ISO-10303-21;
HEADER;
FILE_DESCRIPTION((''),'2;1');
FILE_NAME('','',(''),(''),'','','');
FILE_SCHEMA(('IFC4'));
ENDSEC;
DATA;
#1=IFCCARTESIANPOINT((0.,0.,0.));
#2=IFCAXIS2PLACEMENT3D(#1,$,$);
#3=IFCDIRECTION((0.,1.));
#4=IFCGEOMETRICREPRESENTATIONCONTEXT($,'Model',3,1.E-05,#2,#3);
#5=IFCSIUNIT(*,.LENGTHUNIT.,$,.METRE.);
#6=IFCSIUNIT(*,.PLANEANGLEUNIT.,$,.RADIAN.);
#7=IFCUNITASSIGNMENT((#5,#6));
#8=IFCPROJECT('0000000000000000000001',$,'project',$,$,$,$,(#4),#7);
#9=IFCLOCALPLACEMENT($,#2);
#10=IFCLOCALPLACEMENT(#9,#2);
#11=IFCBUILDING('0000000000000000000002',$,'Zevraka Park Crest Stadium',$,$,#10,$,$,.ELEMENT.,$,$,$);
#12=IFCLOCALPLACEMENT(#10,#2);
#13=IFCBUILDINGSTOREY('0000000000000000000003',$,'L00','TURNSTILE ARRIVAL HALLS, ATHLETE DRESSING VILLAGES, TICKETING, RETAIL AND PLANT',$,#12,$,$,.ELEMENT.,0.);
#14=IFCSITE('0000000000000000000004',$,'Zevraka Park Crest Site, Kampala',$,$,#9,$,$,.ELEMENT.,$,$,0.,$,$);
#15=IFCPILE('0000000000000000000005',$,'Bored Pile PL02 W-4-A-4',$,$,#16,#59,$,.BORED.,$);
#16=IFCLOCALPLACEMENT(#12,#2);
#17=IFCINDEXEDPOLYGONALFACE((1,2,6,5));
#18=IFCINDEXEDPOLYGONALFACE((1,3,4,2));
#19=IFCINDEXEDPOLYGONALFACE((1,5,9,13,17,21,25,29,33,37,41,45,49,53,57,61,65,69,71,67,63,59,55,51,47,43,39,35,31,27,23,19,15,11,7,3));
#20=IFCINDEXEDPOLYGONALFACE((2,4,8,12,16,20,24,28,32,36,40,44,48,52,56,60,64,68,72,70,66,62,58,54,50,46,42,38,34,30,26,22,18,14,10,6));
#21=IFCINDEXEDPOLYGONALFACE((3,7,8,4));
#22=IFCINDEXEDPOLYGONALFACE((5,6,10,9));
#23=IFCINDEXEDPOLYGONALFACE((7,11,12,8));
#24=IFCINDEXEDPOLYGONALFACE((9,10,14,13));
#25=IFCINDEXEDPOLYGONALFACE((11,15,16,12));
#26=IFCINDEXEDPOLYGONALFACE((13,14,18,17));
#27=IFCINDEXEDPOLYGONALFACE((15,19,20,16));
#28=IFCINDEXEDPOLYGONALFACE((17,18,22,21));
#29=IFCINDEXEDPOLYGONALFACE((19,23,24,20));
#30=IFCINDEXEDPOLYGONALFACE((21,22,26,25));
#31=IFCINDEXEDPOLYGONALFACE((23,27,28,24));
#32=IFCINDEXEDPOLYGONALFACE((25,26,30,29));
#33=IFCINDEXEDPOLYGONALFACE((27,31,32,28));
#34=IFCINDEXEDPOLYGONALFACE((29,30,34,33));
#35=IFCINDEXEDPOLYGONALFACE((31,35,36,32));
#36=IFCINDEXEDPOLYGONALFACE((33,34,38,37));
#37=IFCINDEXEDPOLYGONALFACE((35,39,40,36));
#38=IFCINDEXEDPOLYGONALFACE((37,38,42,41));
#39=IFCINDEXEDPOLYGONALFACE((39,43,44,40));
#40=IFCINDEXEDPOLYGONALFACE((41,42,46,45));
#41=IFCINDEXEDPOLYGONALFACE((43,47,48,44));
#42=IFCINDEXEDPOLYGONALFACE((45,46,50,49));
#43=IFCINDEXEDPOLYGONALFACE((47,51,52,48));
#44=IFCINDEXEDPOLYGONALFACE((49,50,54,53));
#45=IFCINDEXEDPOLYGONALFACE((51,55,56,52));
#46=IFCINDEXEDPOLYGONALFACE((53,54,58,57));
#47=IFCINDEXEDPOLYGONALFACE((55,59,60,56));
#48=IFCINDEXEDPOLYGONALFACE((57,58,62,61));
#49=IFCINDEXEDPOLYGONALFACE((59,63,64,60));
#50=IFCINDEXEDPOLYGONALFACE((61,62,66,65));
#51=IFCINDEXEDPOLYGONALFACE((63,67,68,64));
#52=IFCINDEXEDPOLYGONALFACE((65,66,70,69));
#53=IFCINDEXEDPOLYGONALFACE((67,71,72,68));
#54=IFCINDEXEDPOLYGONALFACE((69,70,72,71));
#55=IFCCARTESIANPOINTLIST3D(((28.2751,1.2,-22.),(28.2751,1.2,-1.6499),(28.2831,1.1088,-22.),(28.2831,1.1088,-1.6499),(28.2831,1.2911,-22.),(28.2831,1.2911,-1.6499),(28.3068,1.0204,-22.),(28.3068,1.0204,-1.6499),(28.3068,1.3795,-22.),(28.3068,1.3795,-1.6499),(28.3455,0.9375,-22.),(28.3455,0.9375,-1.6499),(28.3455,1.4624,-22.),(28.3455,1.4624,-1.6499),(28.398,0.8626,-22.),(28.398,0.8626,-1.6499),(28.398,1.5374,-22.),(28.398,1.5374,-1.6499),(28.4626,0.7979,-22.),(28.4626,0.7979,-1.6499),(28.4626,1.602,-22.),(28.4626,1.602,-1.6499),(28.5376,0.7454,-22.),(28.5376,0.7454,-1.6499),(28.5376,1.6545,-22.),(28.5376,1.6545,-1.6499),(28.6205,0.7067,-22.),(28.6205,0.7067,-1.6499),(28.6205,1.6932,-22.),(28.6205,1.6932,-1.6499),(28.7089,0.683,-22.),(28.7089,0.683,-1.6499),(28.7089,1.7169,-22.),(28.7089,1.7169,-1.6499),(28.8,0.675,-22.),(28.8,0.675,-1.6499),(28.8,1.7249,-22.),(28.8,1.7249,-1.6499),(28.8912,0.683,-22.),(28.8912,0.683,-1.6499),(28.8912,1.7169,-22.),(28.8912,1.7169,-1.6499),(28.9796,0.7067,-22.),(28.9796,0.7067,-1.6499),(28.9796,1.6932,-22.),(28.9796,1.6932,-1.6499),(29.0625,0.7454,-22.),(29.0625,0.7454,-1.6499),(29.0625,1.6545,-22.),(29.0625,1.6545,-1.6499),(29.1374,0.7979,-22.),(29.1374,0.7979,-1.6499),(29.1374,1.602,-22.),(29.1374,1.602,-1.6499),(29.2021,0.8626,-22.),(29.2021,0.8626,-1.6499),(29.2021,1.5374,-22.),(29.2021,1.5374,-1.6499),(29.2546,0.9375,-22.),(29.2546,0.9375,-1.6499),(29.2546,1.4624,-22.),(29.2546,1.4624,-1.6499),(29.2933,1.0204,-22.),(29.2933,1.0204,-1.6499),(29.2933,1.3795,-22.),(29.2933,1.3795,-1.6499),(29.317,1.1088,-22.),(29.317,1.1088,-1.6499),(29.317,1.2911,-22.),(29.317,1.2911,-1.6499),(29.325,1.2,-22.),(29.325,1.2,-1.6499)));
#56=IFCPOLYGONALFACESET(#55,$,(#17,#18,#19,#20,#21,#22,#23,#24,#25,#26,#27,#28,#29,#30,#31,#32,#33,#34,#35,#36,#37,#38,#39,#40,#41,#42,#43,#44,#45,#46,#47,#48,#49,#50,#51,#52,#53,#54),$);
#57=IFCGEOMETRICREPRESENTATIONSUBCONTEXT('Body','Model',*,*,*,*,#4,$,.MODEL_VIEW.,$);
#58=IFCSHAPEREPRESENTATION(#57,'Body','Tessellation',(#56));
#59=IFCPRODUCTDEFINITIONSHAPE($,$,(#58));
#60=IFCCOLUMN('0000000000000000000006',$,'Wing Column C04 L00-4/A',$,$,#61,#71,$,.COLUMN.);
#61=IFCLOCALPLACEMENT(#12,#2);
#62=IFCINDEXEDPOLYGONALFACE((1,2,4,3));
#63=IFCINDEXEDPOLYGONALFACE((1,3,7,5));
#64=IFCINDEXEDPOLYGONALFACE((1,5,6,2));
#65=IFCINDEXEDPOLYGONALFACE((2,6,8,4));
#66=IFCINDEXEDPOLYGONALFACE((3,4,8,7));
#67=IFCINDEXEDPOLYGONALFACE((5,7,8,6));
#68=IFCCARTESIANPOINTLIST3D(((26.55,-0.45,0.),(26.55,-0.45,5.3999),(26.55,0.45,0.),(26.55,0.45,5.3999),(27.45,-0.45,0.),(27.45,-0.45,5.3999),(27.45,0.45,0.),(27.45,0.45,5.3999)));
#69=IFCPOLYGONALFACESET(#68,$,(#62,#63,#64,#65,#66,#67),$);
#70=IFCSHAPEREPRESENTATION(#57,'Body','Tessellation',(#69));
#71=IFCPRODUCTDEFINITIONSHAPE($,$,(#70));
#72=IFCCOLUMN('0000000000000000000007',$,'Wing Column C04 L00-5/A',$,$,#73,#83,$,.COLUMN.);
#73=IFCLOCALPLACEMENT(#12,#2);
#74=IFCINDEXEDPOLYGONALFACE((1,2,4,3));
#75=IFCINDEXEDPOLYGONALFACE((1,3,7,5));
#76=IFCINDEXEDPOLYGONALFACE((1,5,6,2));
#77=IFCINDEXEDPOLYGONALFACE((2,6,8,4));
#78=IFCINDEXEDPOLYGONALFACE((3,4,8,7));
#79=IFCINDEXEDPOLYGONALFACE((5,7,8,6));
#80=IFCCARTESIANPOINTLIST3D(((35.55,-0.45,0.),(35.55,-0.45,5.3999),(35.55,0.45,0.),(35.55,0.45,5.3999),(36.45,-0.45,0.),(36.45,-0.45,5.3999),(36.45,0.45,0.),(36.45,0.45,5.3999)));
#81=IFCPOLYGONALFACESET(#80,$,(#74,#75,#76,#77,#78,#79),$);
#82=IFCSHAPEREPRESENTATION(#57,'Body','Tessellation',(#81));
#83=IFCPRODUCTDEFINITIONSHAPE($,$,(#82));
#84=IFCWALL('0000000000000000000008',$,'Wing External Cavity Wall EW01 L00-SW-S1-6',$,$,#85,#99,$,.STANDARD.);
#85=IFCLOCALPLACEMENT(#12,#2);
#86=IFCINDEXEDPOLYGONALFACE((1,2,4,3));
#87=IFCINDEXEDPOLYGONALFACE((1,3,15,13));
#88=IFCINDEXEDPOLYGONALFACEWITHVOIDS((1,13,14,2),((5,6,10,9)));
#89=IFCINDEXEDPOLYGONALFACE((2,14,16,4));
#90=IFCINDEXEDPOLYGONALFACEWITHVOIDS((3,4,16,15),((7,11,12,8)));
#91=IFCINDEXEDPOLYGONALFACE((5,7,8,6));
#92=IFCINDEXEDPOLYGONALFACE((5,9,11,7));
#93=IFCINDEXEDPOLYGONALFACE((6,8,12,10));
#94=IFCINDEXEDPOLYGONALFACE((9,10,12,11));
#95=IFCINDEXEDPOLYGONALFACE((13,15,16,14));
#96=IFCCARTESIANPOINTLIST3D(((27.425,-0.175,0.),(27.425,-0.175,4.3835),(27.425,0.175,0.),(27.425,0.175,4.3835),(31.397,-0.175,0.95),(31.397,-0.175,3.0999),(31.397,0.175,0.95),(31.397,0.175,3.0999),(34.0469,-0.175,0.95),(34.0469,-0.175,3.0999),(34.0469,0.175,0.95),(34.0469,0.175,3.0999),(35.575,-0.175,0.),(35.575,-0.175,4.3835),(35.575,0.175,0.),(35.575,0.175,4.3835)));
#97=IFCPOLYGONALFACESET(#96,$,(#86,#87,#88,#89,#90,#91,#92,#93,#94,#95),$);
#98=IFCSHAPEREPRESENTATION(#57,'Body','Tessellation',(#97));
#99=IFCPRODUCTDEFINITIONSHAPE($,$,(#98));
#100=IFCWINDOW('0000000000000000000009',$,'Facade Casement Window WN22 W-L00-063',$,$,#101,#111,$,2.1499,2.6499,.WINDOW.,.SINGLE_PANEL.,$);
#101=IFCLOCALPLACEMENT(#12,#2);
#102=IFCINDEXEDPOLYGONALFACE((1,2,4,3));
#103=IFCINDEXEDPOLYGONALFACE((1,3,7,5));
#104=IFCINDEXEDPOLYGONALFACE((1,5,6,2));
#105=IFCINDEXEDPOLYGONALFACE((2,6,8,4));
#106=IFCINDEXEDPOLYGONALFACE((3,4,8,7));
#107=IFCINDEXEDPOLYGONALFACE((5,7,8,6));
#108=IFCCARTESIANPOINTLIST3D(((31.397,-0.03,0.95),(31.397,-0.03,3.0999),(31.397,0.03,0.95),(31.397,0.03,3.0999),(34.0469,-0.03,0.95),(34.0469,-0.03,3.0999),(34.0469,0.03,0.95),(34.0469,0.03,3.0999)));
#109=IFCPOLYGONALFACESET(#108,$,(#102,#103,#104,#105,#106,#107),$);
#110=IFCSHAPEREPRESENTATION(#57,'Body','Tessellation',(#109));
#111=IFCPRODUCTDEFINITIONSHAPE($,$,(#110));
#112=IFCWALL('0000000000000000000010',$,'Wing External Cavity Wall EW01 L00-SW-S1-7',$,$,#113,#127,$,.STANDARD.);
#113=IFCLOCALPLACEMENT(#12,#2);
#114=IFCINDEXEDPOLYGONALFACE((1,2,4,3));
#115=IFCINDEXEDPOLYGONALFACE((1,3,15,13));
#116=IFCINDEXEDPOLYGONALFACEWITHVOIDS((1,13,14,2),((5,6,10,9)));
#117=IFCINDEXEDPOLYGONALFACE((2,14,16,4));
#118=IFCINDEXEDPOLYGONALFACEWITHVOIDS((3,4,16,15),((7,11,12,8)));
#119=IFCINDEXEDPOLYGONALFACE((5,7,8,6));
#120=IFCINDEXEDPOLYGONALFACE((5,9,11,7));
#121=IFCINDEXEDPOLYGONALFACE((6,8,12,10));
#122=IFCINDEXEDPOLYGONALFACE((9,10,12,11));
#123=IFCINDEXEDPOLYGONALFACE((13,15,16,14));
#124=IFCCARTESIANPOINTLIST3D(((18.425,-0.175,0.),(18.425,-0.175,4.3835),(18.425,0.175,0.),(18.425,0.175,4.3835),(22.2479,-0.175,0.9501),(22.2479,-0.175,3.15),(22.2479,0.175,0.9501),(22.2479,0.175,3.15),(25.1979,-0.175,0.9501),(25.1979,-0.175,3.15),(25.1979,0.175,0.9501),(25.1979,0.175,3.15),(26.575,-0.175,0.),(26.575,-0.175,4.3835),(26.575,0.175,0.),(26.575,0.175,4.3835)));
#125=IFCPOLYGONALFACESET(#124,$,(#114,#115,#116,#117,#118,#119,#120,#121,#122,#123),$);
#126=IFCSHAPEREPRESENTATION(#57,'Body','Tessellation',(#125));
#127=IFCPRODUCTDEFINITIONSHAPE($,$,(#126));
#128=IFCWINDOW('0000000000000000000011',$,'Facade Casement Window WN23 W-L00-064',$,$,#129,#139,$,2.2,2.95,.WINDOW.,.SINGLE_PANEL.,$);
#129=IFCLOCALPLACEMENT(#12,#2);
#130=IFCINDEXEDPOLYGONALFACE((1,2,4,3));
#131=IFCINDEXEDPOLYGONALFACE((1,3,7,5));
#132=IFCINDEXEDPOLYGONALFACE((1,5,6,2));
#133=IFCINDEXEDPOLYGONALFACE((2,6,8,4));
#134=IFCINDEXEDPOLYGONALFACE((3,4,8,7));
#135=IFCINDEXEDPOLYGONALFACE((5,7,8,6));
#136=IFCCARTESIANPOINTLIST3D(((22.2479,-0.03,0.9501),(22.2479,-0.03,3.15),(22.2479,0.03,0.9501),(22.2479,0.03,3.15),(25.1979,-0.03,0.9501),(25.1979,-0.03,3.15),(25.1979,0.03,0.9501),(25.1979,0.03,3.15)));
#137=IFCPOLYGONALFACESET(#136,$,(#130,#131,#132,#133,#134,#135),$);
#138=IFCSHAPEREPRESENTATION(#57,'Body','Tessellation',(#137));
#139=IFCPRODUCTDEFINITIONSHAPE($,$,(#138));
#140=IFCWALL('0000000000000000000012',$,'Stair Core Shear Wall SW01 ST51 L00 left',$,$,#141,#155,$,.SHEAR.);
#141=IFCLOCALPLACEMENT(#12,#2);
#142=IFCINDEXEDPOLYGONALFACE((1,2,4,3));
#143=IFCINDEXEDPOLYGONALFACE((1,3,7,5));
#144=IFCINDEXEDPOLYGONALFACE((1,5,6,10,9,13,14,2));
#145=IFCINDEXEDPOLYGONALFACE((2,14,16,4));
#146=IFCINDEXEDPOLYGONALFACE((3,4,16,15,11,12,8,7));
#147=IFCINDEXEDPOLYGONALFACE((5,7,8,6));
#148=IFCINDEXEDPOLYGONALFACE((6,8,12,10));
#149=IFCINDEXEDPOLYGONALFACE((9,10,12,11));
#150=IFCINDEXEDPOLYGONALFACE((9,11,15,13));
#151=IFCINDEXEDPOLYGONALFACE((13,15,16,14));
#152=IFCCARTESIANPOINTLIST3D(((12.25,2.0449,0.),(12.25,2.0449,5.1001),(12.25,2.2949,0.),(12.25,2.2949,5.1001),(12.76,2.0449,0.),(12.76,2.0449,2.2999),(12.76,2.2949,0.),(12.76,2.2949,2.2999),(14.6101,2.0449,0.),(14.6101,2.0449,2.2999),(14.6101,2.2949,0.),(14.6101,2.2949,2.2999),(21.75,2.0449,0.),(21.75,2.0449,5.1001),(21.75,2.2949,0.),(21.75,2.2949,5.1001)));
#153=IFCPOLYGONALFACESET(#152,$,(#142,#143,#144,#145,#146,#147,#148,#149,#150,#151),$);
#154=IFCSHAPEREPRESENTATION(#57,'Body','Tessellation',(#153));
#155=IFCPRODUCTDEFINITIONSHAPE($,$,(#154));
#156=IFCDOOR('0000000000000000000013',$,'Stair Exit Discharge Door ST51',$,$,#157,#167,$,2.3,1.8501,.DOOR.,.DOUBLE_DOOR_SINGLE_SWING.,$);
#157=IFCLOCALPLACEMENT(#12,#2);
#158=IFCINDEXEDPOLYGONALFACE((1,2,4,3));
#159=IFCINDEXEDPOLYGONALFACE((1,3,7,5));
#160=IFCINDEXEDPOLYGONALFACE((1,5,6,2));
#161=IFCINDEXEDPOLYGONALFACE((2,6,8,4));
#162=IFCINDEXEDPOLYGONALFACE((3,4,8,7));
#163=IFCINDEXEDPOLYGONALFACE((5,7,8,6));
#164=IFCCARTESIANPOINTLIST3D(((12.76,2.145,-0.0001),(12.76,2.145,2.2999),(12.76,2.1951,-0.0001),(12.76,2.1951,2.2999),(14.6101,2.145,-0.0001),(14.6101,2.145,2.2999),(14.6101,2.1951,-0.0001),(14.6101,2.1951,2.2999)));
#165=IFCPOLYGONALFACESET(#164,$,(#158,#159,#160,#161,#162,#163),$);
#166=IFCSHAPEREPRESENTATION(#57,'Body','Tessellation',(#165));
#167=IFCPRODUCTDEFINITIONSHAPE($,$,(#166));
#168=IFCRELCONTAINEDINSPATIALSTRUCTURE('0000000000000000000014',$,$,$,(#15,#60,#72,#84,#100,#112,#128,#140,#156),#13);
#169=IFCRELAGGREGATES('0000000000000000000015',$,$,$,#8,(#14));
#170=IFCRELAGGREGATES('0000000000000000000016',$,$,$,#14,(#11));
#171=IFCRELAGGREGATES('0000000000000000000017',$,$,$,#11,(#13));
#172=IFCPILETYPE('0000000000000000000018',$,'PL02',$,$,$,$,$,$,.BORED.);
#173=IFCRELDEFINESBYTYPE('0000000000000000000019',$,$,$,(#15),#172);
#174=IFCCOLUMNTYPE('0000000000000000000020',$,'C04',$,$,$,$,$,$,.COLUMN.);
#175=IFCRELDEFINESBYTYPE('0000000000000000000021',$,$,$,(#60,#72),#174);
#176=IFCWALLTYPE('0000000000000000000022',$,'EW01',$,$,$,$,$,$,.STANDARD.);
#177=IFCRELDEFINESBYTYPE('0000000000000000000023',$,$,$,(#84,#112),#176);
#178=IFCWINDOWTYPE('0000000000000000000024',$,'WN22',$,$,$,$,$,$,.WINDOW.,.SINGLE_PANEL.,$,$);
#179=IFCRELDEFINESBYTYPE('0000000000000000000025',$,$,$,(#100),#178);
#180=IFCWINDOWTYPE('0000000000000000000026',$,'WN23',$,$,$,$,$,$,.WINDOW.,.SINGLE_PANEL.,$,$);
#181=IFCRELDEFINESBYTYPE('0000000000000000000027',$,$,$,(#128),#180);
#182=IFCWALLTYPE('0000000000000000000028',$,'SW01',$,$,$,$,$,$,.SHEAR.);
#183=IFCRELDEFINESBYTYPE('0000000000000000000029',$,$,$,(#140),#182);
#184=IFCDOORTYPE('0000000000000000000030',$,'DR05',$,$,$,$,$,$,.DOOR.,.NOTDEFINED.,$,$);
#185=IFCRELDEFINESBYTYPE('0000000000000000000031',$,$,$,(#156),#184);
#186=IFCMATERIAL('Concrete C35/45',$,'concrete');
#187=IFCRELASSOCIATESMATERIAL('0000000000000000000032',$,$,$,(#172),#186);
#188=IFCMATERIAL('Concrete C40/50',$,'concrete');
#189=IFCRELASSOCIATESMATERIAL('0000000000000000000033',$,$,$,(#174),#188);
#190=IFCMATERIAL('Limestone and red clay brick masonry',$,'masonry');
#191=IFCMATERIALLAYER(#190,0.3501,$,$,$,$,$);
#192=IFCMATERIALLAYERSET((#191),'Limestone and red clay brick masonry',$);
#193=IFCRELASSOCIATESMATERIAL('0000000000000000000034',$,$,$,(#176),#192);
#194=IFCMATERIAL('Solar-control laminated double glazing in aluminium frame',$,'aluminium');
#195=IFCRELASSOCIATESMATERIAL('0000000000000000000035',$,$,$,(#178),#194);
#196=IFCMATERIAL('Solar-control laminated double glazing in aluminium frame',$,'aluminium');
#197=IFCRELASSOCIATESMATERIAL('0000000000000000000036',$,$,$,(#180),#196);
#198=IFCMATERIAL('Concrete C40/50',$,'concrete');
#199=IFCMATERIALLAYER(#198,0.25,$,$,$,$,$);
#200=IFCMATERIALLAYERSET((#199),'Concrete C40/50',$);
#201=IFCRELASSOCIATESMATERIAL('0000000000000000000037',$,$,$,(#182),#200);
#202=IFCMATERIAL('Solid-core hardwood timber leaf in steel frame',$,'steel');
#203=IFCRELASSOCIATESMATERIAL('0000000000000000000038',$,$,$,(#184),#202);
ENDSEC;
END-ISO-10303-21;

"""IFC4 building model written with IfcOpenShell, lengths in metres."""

from ifc_helpers import new_model, si_unit, direction, frame, frame_2d, origin, origin_2d, place, context, subcontext, project, spatial, rectangle, circle, extrude, material, layer, layer_set, material_profile, profile_set, type_object, element, fill, save


model = new_model("IFC4")

# Units and contexts
model_context = context("Model", 3, precision=1e-05, world=origin(), true_north=direction((0.0, 1.0)))
body_context = subcontext(model_context, "Body", "Model", "MODEL_VIEW")
ifc_project = project(units=[si_unit("LENGTHUNIT", "METRE"), si_unit("PLANEANGLEUNIT", "RADIAN")], contexts=[model_context])

# Site, building, storey
site_placement = place(None, origin())
site = spatial("IfcSite", under=ifc_project, at=site_placement, Name="Zevraka Park Crest Site, Kampala", CompositionType="ELEMENT", RefElevation=0.0)
building_placement = place(site_placement, origin())
building = spatial("IfcBuilding", under=site, at=building_placement, Name="Zevraka Park Crest Stadium", CompositionType="ELEMENT")
storey_placement = place(building_placement, origin())
storey = spatial("IfcBuildingStorey", under=building, at=storey_placement, Name="L00", Description="TURNSTILE ARRIVAL HALLS, ATHLETE DRESSING VILLAGES, TICKETING, RETAIL AND PLANT", CompositionType="ELEMENT", Elevation=0.0)

# Pile
ifc_material_1 = material(Name="Concrete C35/45", Category="concrete")
ifc_material_profile_1 = material_profile(ifc_material_1, circle(Radius=0.5249, at=origin_2d()), Name="PILE D1050")
ifc_profile_set_1 = profile_set([ifc_material_profile_1], Name="Concrete C35/45")
pile_type_1 = type_object("IfcPileType", Name="PL02", PredefinedType="BORED", material=ifc_profile_set_1)
for number, where, z_axis, x_axis, name in (
    (1, (28.8, 1.2, -1.6499), (0.0, 0.0, -1.0), (1.0, 0.0, 0.0), "Bored Pile PL02 W-4-A-4"),
):
    element("IfcPile", number, at=place(storey_placement, frame(where, z_axis=z_axis, x_axis=x_axis)), inside=storey, type_object=pile_type_1, Name=name, PredefinedType="BORED", context=body_context, shape_type="SweptSolid", body=[
        extrude(circle(Radius=0.5249, at=origin_2d()), origin(), (0.0, 0.0, 1.0), 20.3501),
    ])

# Columns
ifc_material_2 = material(Name="Concrete C40/50", Category="concrete")
ifc_material_profile_2 = material_profile(ifc_material_2, rectangle(XDim=0.8999, YDim=0.8999, at=origin_2d()), Name="RC 900x900")
ifc_profile_set_2 = profile_set([ifc_material_profile_2], Name="Concrete C40/50")
column_type = type_object("IfcColumnType", Name="C04", PredefinedType="COLUMN", material=ifc_profile_set_2)
for number, where, z_axis, x_axis, name in (
    (2, (27.0, 0.0, 0.0), (0.0, 0.0, 1.0), (1.0, 0.0, 0.0), "Wing Column C04 L00-4/A"),
    (3, (36.0, 0.0, 0.0), (0.0, 0.0, 1.0), (1.0, 0.0, 0.0), "Wing Column C04 L00-5/A"),
):
    element("IfcColumn", number, at=place(storey_placement, frame(where, z_axis=z_axis, x_axis=x_axis)), inside=storey, type_object=column_type, Name=name, PredefinedType="COLUMN", context=body_context, shape_type="SweptSolid", body=[
        extrude(rectangle(XDim=0.8999, YDim=0.8999, at=origin_2d()), origin(), (0.0, 0.0, 1.0), 5.3999),
    ])

# Walls, openings, windows
ifc_material_3 = material(Name="Limestone and red clay brick masonry", Category="masonry")
ifc_layer_1 = layer(ifc_material_3, 0.3501)
ifc_layer_set_1 = layer_set([ifc_layer_1], Name="Limestone and red clay brick masonry")
wall_type_1 = type_object("IfcWallType", Name="EW01", PredefinedType="STANDARD", material=ifc_layer_set_1)
wall_1_placement = place(storey_placement, frame((35.575, 0.0, 0.0), z_axis=(0.0, 0.0, 1.0), x_axis=(-1.0, 0.0, 0.0)))
wall_1 = element("IfcWall", 4, at=wall_1_placement, inside=storey, type_object=wall_type_1, Name="Wing External Cavity Wall EW01 L00-SW-S1-6", PredefinedType="STANDARD", context=body_context, shape_type="SweptSolid", body=[
    extrude(rectangle(XDim=8.1499, YDim=0.3501, at=frame_2d((4.075, 0.0))), origin(), (0.0, 0.0, 1.0), 4.3835),
])
opening_1_placement = place(wall_1_placement, frame((1.5281, 0.0, 0.95)))
opening_1 = element("IfcOpeningElement", 5, at=opening_1_placement, cuts=wall_1, PredefinedType="OPENING", context=body_context, shape_type="SweptSolid", body=[
    extrude(rectangle(XDim=2.6499, YDim=2.1499, at=frame_2d((1.325, 1.075))), frame((0.0, 0.1851, 0.0), z_axis=(0.0, -1.0, 0.0), x_axis=(1.0, 0.0, 0.0)), (0.0, 0.0, 1.0), 0.3701),
])
ifc_material_4 = material(Name="Solar-control laminated double glazing in aluminium frame", Category="aluminium")
window_type_1 = type_object("IfcWindowType", Name="WN22", PartitioningType="SINGLE_PANEL", PredefinedType="WINDOW", material=ifc_material_4)
window_1_placement = place(opening_1_placement, origin())
window_1 = element("IfcWindow", 6, at=window_1_placement, inside=storey, type_object=window_type_1, Name="Facade Casement Window WN22 W-L00-063", OverallHeight=2.1499, OverallWidth=2.6499, PartitioningType="SINGLE_PANEL", PredefinedType="WINDOW", context=body_context, shape_type="SweptSolid", body=[
    extrude(rectangle(XDim=2.6499, YDim=2.1499, at=frame_2d((1.325, 1.075))), frame((0.0, 0.03, 0.0), z_axis=(0.0, -1.0, 0.0), x_axis=(1.0, 0.0, 0.0)), (0.0, 0.0, 1.0), 0.0601),
])
fill(opening_1, window_1)
wall_2_placement = place(storey_placement, frame((26.575, 0.0, 0.0), z_axis=(0.0, 0.0, 1.0), x_axis=(-1.0, 0.0, 0.0)))
wall_2 = element("IfcWall", 7, at=wall_2_placement, inside=storey, type_object=wall_type_1, Name="Wing External Cavity Wall EW01 L00-SW-S1-7", PredefinedType="STANDARD", context=body_context, shape_type="SweptSolid", body=[
    extrude(rectangle(XDim=8.1499, YDim=0.3501, at=frame_2d((4.075, 0.0))), origin(), (0.0, 0.0, 1.0), 4.3835),
])
opening_2_placement = place(wall_2_placement, frame((1.377, 0.0, 0.95)))
opening_2 = element("IfcOpeningElement", 8, at=opening_2_placement, cuts=wall_2, PredefinedType="OPENING", context=body_context, shape_type="SweptSolid", body=[
    extrude(rectangle(XDim=2.95, YDim=2.2, at=frame_2d((1.4751, 1.1001))), frame((0.0, 0.1851, 0.0), z_axis=(0.0, -1.0, 0.0), x_axis=(1.0, 0.0, 0.0)), (0.0, 0.0, 1.0), 0.3701),
])
ifc_material_5 = material(Name="Solar-control laminated double glazing in aluminium frame", Category="aluminium")
window_type_2 = type_object("IfcWindowType", Name="WN23", PartitioningType="SINGLE_PANEL", PredefinedType="WINDOW", material=ifc_material_5)
window_2_placement = place(opening_2_placement, origin())
window_2 = element("IfcWindow", 9, at=window_2_placement, inside=storey, type_object=window_type_2, Name="Facade Casement Window WN23 W-L00-064", OverallHeight=2.2, OverallWidth=2.95, PartitioningType="SINGLE_PANEL", PredefinedType="WINDOW", context=body_context, shape_type="SweptSolid", body=[
    extrude(rectangle(XDim=2.95, YDim=2.2, at=frame_2d((1.4751, 1.1001))), frame((0.0, 0.03, 0.0), z_axis=(0.0, -1.0, 0.0), x_axis=(1.0, 0.0, 0.0)), (0.0, 0.0, 1.0), 0.0601),
])
fill(opening_2, window_2)

# Wall, opening, door
ifc_material_6 = material(Name="Concrete C40/50", Category="concrete")
ifc_layer_2 = layer(ifc_material_6, 0.25)
ifc_layer_set_2 = layer_set([ifc_layer_2], Name="Concrete C40/50")
wall_type_2 = type_object("IfcWallType", Name="SW01", PredefinedType="SHEAR", material=ifc_layer_set_2)
wall_3_placement = place(storey_placement, frame((21.75, 2.1699, 0.0), z_axis=(0.0, 0.0, 1.0), x_axis=(-1.0, 0.0, 0.0)))
wall_3 = element("IfcWall", 10, at=wall_3_placement, inside=storey, type_object=wall_type_2, Name="Stair Core Shear Wall SW01 ST51 L00 left", PredefinedType="SHEAR", context=body_context, shape_type="SweptSolid", body=[
    extrude(rectangle(XDim=9.5, YDim=0.25, at=frame_2d((4.75, 0.0))), origin(), (0.0, 0.0, 1.0), 5.1001),
])
opening_3_placement = place(wall_3_placement, frame((7.1399, 0.0, 0.0)))
opening_3 = element("IfcOpeningElement", 11, at=opening_3_placement, cuts=wall_3, PredefinedType="OPENING", context=body_context, shape_type="SweptSolid", body=[
    extrude(rectangle(XDim=1.8501, YDim=2.3, at=frame_2d((0.925, 1.1499))), frame((0.0, 0.135, 0.0), z_axis=(0.0, -1.0, 0.0), x_axis=(1.0, 0.0, 0.0)), (0.0, 0.0, 1.0), 0.27),
])
ifc_material_7 = material(Name="Solid-core hardwood timber leaf in steel frame", Category="steel")
door_type = type_object("IfcDoorType", Name="DR05", OperationType="NOTDEFINED", PredefinedType="DOOR", material=ifc_material_7)
door_placement = place(opening_3_placement, origin())
door = element("IfcDoor", 12, at=door_placement, inside=storey, type_object=door_type, Name="Stair Exit Discharge Door ST51", OperationType="DOUBLE_DOOR_SINGLE_SWING", OverallHeight=2.3, OverallWidth=1.8501, PredefinedType="DOOR", context=body_context, shape_type="SweptSolid", body=[
    extrude(rectangle(XDim=1.8501, YDim=2.3, at=frame_2d((0.925, 1.1499))), frame((0.0, 0.0249, 0.0), z_axis=(0.0, -1.0, 0.0), x_axis=(1.0, 0.0, 0.0)), (0.0, 0.0, 1.0), 0.05),
])
fill(opening_3, door)

save(model, "model.ifc")
